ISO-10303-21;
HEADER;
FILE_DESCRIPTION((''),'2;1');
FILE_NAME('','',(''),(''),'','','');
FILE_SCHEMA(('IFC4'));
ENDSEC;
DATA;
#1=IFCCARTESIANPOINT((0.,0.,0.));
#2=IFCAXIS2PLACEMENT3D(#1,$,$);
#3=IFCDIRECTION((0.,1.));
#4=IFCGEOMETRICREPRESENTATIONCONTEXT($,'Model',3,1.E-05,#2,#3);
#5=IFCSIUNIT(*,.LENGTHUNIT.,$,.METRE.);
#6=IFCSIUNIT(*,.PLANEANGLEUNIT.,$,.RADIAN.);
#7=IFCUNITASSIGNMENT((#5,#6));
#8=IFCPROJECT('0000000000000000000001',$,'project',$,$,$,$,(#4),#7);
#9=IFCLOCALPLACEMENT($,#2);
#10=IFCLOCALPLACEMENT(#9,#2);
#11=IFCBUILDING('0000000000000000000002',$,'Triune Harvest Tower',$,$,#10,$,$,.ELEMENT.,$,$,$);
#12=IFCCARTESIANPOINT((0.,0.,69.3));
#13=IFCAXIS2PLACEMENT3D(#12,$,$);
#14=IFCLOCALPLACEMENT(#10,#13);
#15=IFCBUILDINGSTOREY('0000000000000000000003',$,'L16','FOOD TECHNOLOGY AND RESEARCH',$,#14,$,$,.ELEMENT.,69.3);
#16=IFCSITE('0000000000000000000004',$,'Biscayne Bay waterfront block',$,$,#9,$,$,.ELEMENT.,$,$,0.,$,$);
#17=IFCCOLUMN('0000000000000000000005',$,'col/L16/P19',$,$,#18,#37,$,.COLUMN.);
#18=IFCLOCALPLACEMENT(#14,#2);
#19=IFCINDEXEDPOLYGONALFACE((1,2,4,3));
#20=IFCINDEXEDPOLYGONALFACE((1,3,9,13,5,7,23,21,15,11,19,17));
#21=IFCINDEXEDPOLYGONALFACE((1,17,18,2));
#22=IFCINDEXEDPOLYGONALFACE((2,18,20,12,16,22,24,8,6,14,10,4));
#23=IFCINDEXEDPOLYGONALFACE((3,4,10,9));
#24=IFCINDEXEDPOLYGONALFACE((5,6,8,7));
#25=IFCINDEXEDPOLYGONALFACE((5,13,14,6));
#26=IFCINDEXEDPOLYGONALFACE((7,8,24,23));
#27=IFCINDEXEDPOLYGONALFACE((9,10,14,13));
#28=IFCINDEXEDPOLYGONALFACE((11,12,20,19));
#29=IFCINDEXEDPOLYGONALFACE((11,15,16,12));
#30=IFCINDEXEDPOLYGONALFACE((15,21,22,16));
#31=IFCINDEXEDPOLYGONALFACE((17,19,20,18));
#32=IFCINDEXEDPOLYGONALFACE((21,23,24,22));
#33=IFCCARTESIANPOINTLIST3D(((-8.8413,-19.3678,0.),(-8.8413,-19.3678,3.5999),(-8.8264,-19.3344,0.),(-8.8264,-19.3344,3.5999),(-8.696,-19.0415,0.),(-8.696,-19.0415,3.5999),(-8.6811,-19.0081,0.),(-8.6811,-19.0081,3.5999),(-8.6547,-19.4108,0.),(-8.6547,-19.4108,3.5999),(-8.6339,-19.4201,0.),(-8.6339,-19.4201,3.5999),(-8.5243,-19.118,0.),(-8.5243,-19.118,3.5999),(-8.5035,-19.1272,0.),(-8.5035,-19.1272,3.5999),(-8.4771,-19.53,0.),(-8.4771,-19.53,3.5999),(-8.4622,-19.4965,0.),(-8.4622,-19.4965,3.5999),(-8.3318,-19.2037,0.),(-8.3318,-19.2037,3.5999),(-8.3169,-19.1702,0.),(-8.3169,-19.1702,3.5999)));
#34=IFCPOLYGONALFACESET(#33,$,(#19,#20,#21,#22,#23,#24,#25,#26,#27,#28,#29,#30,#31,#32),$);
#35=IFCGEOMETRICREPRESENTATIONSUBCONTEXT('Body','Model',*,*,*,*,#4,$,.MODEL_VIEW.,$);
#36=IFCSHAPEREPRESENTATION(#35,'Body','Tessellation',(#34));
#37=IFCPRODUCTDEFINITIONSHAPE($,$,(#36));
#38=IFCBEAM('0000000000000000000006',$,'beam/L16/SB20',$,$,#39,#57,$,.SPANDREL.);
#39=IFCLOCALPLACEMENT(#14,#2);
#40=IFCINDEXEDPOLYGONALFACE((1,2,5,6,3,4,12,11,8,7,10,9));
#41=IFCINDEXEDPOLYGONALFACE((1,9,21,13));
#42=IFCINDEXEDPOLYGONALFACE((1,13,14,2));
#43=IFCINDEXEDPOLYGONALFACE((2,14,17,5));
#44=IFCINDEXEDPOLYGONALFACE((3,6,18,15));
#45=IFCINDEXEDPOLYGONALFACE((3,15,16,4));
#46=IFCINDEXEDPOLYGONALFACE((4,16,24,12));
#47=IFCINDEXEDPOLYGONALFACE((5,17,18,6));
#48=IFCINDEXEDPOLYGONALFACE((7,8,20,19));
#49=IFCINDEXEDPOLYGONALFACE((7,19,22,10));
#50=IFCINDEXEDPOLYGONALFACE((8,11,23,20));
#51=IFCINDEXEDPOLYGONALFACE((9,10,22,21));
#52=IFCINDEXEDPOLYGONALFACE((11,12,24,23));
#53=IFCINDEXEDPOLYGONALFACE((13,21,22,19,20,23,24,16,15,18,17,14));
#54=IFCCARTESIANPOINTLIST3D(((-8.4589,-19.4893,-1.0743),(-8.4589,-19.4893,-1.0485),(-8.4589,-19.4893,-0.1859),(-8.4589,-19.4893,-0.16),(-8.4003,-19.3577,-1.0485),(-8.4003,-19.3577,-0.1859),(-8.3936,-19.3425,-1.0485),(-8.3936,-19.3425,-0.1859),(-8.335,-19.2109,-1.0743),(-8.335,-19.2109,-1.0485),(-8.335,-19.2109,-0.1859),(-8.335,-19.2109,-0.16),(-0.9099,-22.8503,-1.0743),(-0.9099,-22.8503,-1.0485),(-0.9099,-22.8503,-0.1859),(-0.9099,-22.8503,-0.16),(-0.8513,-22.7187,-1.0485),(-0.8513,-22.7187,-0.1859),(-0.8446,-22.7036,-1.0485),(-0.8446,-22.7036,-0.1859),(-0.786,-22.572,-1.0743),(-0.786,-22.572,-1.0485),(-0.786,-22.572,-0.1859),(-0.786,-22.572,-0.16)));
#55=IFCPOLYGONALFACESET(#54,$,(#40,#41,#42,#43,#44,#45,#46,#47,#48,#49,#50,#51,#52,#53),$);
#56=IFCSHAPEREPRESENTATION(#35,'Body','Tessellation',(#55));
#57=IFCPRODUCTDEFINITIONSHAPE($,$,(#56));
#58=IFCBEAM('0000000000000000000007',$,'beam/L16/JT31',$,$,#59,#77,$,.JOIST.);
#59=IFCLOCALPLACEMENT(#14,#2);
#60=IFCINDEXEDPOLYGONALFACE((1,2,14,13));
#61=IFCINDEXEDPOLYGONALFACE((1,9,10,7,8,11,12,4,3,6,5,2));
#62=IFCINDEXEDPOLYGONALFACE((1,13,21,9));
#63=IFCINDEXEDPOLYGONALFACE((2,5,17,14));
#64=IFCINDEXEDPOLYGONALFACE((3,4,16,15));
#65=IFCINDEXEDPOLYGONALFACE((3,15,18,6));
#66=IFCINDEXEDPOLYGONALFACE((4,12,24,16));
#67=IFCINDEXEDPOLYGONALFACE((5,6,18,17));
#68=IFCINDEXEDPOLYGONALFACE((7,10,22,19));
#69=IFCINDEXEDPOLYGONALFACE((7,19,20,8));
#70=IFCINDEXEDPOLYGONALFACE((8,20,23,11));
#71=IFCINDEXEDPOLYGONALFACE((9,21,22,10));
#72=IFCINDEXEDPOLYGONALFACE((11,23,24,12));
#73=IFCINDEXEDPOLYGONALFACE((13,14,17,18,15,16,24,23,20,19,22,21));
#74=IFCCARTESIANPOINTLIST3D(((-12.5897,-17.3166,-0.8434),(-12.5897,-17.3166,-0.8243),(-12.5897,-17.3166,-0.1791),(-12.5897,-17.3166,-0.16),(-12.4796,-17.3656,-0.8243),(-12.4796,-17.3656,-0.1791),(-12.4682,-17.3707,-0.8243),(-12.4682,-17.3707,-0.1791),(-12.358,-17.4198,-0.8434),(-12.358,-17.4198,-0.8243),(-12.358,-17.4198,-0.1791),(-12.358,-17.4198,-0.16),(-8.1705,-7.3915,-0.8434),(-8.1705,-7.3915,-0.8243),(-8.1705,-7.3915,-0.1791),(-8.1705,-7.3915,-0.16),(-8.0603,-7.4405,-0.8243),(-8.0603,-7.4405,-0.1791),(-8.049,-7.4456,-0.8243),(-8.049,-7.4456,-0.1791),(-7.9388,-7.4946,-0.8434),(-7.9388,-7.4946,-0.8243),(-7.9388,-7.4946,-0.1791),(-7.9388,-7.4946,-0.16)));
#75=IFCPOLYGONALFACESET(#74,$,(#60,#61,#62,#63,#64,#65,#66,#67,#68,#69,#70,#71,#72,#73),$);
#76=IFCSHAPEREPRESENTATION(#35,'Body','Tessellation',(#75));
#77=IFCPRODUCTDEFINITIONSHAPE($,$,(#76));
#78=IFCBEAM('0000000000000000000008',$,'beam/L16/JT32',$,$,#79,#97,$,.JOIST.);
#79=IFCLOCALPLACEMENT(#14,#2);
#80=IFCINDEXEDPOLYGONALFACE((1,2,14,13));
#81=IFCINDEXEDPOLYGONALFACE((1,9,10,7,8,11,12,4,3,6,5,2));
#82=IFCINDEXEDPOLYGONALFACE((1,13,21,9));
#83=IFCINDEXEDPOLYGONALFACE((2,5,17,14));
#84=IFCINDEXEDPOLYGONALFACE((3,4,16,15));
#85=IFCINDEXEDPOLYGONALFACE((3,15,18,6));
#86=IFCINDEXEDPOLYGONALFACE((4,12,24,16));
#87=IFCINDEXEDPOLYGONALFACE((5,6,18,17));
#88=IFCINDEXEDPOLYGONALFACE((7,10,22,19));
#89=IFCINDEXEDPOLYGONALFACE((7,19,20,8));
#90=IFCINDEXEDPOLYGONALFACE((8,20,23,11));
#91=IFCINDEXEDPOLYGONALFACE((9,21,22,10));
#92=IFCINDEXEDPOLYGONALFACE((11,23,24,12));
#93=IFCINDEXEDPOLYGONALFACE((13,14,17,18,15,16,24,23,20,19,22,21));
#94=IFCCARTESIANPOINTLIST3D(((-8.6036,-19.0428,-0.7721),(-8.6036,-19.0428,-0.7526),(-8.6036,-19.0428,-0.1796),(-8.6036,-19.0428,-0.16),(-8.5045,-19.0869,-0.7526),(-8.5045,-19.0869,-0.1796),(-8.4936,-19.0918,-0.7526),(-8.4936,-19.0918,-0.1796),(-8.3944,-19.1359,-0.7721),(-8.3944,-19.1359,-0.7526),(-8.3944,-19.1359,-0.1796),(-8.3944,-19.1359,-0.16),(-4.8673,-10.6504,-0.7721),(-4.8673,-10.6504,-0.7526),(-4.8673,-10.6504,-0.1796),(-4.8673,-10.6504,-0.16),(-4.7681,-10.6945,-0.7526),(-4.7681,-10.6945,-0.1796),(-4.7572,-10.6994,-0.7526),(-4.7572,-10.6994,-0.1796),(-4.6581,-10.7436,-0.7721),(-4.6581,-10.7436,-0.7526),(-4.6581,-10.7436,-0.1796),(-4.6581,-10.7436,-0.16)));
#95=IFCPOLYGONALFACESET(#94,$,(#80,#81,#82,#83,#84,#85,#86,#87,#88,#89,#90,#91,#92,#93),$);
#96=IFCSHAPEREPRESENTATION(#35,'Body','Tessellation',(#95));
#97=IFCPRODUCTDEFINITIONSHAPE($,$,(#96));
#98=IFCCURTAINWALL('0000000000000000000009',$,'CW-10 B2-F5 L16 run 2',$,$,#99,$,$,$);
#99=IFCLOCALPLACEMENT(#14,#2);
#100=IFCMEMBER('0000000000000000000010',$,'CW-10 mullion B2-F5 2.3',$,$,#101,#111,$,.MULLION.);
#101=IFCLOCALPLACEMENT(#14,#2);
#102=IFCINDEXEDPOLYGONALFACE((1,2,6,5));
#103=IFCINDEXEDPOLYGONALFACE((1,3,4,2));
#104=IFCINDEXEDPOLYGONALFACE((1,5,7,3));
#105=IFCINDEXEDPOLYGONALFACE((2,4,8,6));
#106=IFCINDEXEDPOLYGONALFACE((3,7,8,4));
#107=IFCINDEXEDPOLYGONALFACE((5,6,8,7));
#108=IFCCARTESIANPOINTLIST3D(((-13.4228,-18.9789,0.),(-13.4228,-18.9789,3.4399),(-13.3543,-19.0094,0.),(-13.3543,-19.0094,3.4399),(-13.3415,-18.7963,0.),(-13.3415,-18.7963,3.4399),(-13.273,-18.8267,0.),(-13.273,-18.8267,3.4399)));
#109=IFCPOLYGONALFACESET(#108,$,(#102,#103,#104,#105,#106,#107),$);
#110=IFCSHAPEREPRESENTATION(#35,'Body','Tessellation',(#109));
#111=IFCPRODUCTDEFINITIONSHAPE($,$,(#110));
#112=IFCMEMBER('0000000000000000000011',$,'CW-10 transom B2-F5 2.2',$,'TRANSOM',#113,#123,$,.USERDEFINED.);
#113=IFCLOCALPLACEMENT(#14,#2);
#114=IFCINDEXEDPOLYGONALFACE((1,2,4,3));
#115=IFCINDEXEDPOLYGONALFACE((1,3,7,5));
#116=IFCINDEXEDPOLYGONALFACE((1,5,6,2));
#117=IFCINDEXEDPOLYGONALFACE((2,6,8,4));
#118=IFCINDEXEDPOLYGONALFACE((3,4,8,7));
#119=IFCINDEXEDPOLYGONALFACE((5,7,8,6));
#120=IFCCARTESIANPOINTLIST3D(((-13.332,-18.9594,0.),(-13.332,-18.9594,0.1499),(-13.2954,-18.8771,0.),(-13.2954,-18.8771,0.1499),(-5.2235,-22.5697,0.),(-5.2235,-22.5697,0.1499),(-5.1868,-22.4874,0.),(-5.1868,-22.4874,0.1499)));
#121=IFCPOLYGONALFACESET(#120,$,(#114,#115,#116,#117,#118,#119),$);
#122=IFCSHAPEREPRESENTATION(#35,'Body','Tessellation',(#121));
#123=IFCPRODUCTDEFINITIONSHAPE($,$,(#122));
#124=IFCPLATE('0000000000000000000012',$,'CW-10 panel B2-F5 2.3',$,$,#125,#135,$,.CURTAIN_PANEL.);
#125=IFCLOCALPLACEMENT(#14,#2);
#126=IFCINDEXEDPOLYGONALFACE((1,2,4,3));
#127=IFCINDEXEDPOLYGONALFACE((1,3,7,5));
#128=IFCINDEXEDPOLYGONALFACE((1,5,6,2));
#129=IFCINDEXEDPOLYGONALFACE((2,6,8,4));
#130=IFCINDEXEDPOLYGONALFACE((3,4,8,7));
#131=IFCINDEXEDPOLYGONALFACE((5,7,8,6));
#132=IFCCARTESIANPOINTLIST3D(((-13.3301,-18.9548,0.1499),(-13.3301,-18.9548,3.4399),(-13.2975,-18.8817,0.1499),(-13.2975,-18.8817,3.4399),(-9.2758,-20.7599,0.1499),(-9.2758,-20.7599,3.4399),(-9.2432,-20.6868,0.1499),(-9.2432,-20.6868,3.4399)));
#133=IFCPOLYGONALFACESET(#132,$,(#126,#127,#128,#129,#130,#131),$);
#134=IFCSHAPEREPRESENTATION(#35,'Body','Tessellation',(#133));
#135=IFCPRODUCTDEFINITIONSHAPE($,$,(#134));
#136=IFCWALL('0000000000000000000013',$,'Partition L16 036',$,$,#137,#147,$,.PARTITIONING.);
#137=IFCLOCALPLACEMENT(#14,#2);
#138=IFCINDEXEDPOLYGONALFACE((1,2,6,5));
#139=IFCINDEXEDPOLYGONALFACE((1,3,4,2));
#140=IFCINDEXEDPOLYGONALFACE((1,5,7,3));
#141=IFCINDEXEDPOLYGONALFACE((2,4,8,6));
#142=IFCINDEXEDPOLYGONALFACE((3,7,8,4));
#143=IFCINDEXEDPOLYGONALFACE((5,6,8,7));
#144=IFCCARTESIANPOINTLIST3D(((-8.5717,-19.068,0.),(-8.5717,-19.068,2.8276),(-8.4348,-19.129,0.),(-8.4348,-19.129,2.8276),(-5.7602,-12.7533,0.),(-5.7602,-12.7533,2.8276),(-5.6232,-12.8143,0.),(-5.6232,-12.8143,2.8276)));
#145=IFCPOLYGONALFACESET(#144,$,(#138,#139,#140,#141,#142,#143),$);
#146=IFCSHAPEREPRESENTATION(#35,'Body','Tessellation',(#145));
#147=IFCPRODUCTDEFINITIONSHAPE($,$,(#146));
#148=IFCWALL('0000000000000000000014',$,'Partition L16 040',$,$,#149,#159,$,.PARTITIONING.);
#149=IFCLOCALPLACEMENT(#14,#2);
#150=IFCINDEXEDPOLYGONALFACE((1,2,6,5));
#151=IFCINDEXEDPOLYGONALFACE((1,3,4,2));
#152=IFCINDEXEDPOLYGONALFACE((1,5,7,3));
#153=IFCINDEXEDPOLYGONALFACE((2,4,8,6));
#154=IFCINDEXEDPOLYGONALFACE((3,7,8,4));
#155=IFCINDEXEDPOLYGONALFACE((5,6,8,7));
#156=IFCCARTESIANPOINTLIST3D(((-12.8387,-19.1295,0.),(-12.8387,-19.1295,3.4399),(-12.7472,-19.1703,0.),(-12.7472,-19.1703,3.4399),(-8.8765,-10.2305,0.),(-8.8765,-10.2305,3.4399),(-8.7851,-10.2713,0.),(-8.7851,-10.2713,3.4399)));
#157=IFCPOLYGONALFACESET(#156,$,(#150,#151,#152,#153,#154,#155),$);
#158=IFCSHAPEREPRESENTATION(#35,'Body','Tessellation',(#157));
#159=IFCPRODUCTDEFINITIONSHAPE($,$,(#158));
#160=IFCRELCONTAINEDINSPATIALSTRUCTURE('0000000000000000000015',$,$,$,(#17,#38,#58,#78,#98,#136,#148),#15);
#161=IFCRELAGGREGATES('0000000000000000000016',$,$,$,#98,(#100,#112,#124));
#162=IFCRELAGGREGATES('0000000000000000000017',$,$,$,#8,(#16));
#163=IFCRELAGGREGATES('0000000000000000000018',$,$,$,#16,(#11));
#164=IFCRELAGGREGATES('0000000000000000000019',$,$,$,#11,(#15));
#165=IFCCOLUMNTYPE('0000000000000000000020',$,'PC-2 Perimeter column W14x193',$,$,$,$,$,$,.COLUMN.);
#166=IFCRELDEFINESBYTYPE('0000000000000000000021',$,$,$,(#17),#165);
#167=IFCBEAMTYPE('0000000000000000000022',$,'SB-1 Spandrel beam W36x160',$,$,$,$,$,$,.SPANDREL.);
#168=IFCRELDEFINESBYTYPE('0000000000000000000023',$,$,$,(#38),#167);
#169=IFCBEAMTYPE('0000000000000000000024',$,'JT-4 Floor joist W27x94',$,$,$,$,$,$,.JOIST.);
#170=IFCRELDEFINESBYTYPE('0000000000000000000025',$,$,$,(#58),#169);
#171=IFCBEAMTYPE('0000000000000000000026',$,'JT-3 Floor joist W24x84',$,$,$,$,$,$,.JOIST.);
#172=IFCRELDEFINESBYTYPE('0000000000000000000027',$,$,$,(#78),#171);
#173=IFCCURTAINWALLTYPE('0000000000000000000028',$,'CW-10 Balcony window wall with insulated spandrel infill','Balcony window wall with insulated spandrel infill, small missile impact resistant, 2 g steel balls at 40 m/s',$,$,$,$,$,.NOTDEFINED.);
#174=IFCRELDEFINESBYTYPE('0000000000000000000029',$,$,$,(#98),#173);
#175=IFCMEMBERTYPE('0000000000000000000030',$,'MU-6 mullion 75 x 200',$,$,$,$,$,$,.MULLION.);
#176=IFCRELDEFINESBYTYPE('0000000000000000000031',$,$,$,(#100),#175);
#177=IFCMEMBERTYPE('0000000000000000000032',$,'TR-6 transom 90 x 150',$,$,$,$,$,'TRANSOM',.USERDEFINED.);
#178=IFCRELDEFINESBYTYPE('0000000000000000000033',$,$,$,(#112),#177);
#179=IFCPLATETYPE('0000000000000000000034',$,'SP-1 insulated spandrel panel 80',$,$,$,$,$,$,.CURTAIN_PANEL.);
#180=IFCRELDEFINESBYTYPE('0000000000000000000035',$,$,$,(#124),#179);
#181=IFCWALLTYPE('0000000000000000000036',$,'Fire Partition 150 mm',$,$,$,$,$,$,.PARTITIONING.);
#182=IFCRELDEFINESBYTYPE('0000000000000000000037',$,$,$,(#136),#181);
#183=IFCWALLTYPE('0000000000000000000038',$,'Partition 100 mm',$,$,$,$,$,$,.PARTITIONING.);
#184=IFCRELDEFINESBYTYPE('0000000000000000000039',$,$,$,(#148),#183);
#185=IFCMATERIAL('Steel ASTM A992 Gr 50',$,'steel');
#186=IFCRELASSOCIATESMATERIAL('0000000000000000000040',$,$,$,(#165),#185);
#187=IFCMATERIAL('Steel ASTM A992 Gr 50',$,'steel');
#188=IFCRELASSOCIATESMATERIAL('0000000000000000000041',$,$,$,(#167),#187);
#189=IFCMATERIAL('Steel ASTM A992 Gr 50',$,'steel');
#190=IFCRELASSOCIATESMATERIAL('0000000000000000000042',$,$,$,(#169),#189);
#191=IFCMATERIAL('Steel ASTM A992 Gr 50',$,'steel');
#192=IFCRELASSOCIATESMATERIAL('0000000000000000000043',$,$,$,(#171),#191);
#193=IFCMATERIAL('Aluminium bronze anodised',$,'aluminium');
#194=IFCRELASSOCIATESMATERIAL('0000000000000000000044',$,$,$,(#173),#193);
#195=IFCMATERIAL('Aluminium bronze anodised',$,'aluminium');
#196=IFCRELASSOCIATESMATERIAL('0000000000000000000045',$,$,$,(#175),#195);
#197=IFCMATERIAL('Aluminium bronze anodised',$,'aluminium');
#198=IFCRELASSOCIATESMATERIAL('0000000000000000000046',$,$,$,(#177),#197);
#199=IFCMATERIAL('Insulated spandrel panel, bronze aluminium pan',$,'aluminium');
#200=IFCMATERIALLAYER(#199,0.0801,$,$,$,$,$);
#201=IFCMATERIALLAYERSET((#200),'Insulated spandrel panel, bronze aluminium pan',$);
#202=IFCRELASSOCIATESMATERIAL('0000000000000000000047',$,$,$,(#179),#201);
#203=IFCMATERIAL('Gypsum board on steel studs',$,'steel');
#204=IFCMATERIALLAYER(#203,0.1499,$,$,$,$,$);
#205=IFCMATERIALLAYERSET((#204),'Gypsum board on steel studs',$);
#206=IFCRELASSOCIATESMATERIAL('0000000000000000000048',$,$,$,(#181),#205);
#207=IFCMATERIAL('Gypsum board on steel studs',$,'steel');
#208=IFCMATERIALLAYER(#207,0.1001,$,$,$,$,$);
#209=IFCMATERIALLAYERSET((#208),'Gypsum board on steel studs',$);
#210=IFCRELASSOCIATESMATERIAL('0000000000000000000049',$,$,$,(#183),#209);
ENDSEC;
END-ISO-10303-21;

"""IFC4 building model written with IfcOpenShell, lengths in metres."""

from ifc_helpers import new_model, si_unit, direction, frame, frame_2d, origin, origin_2d, place, context, subcontext, project, spatial, rectangle, i_section, extrude, source, transform, mapped, material, layer, layer_set, material_profile, profile_set, type_object, element, aggregate, save


model = new_model("IFC4")

# Units and contexts
model_context = context("Model", 3, precision=1e-05, world=origin(), true_north=direction((0.0, 1.0)))
body_context = subcontext(model_context, "Body", "Model", "MODEL_VIEW")
ifc_project = project(units=[si_unit("LENGTHUNIT", "METRE"), si_unit("PLANEANGLEUNIT", "RADIAN")], contexts=[model_context])

# Site, building, storey
site_placement = place(None, origin())
site = spatial("IfcSite", under=ifc_project, at=site_placement, Name="Biscayne Bay waterfront block", CompositionType="ELEMENT", RefElevation=0.0)
building_placement = place(site_placement, origin())
building = spatial("IfcBuilding", under=site, at=building_placement, Name="Triune Harvest Tower", CompositionType="ELEMENT")
storey_placement = place(building_placement, frame((0.0, 0.0, 69.3)))
storey = spatial("IfcBuildingStorey", under=building, at=storey_placement, Name="L16", Description="FOOD TECHNOLOGY AND RESEARCH", CompositionType="ELEMENT", Elevation=69.3)

# Column
ifc_material_1 = material(Name="Steel ASTM A992 Gr 50", Category="steel")
ifc_material_profile_1 = material_profile(ifc_material_1, i_section(OverallWidth=0.3987, OverallDepth=0.3938, WebThickness=0.0227, FlangeThickness=0.0366, at=origin_2d()), Name="W14x193")
ifc_profile_set_1 = profile_set([ifc_material_profile_1], Name="Steel ASTM A992 Gr 50")
column_type = type_object("IfcColumnType", Name="PC-2 Perimeter column W14x193", PredefinedType="COLUMN", material=ifc_profile_set_1)
shared_shape_1 = source(origin(), body_context, "Body", "SweptSolid", [
    extrude(i_section(OverallWidth=0.3987, OverallDepth=0.3938, WebThickness=0.0227, FlangeThickness=0.0366, at=origin_2d()), origin(), (0.0, 0.0, 1.0), 3.5999),
])
column_placement = place(storey_placement, frame((-8.5791, -19.269, 0.0), z_axis=(0.0, 0.0, 1.0), x_axis=(0.913545, -0.406737, 0.0)))
element("IfcColumn", 1, at=column_placement, inside=storey, type_object=column_type, Name="col/L16/P19", PredefinedType="COLUMN", context=body_context, shape_type="MappedRepresentation", body=[
    mapped(shared_shape_1, transform((0.0, 0.0, 0.0), scale=1.0)),
])

# Beams
ifc_material_2 = material(Name="Steel ASTM A992 Gr 50", Category="steel")
ifc_material_profile_2 = material_profile(ifc_material_2, i_section(OverallWidth=0.3047, OverallDepth=0.9143, WebThickness=0.0166, FlangeThickness=0.0259, at=origin_2d()), Name="W36x160")
ifc_profile_set_2 = profile_set([ifc_material_profile_2], Name="Steel ASTM A992 Gr 50")
beam_type_1 = type_object("IfcBeamType", Name="SB-1 Spandrel beam W36x160", PredefinedType="SPANDREL", material=ifc_profile_set_2)
shared_shape_2 = source(origin(), body_context, "Body", "SweptSolid", [
    extrude(i_section(OverallWidth=0.3047, OverallDepth=0.9143, WebThickness=0.0166, FlangeThickness=0.0259, at=origin_2d()), origin(), (0.0, 0.0, 1.0), 8.2634),
])
beam_1_placement = place(storey_placement, frame((-8.397, -19.3501, -0.6172), z_axis=(0.913545, -0.406739, 0.0), x_axis=(0.406739, 0.913545, 0.0)))
element("IfcBeam", 2, at=beam_1_placement, inside=storey, type_object=beam_type_1, Name="beam/L16/SB20", PredefinedType="SPANDREL", context=body_context, shape_type="MappedRepresentation", body=[
    mapped(shared_shape_2, transform((0.0, 0.0, 0.0), scale=1.0)),
])
ifc_material_3 = material(Name="Steel ASTM A992 Gr 50", Category="steel")
ifc_material_profile_3 = material_profile(ifc_material_3, i_section(OverallWidth=0.2537, OverallDepth=0.6833, WebThickness=0.0125, FlangeThickness=0.019, at=origin_2d()), Name="W27x94")
ifc_profile_set_3 = profile_set([ifc_material_profile_3], Name="Steel ASTM A992 Gr 50")
beam_type_2 = type_object("IfcBeamType", Name="JT-4 Floor joist W27x94", PredefinedType="JOIST", material=ifc_profile_set_3)
shared_shape_3 = source(origin(), body_context, "Body", "SweptSolid", [
    extrude(i_section(OverallWidth=0.2537, OverallDepth=0.6833, WebThickness=0.0125, FlangeThickness=0.019, at=origin_2d()), origin(), (0.0, 0.0, 1.0), 10.8645),
])
beam_2_placement = place(storey_placement, frame((-12.4739, -17.3682, -0.5017), z_axis=(0.406758, 0.913536, 0.0), x_axis=(-0.913536, 0.406758, 0.0)))
element("IfcBeam", 3, at=beam_2_placement, inside=storey, type_object=beam_type_2, Name="beam/L16/JT31", PredefinedType="JOIST", context=body_context, shape_type="MappedRepresentation", body=[
    mapped(shared_shape_3, transform((0.0, 0.0, 0.0), scale=1.0)),
])
ifc_material_4 = material(Name="Steel ASTM A992 Gr 50", Category="steel")
ifc_material_profile_4 = material_profile(ifc_material_4, i_section(OverallWidth=0.229, OverallDepth=0.6121, WebThickness=0.012, FlangeThickness=0.0195, at=origin_2d()), Name="W24x84")
ifc_profile_set_4 = profile_set([ifc_material_profile_4], Name="Steel ASTM A992 Gr 50")
beam_type_3 = type_object("IfcBeamType", Name="JT-3 Floor joist W24x84", PredefinedType="JOIST", material=ifc_profile_set_4)
shared_shape_4 = source(origin(), body_context, "Body", "SweptSolid", [
    extrude(i_section(OverallWidth=0.229, OverallDepth=0.6121, WebThickness=0.012, FlangeThickness=0.0195, at=origin_2d()), origin(), (0.0, 0.0, 1.0), 9.1865),
])
beam_3_placement = place(storey_placement, frame((-8.499, -19.0894, -0.4661), z_axis=(0.40672, 0.913553, 0.0), x_axis=(-0.913553, 0.40672, 0.0)))
element("IfcBeam", 4, at=beam_3_placement, inside=storey, type_object=beam_type_3, Name="beam/L16/JT32", PredefinedType="JOIST", context=body_context, shape_type="MappedRepresentation", body=[
    mapped(shared_shape_4, transform((0.0, 0.0, 0.0), scale=1.0)),
])

# Curtain wall, members, plate
ifc_material_5 = material(Name="Aluminium bronze anodised", Category="aluminium")
curtain_wall_type = type_object("IfcCurtainWallType", Name="CW-10 Balcony window wall with insulated spandrel infill", Description="Balcony window wall with insulated spandrel infill, small missile impact resistant, 2 g steel balls at 40 m/s", PredefinedType="NOTDEFINED", material=ifc_material_5)
curtain_wall_placement = place(storey_placement, origin())
curtain_wall = element("IfcCurtainWall", 5, at=curtain_wall_placement, inside=storey, type_object=curtain_wall_type, Name="CW-10 B2-F5 L16 run 2")
ifc_material_6 = material(Name="Aluminium bronze anodised", Category="aluminium")
ifc_material_profile_5 = material_profile(ifc_material_6, rectangle(XDim=0.2, YDim=0.075, at=origin_2d()), Name="MU-6 mullion 75 x 200")
ifc_profile_set_5 = profile_set([ifc_material_profile_5], Name="Aluminium bronze anodised")
member_type_1 = type_object("IfcMemberType", Name="MU-6 mullion 75 x 200", PredefinedType="MULLION", material=ifc_profile_set_5)
shared_shape_5 = source(origin(), body_context, "Body", "SweptSolid", [
    extrude(rectangle(XDim=0.2, YDim=0.075, at=origin_2d()), origin(), (0.0, 0.0, 1.0), 3.4399),
])
member_1_placement = place(storey_placement, frame((-13.3479, -18.9028, 0.0), z_axis=(0.0, 0.0, 1.0), x_axis=(0.406739, 0.913544, 0.0)))
member_1 = element("IfcMember", 6, at=member_1_placement, type_object=member_type_1, Name="CW-10 mullion B2-F5 2.3", PredefinedType="MULLION", context=body_context, shape_type="MappedRepresentation", body=[
    mapped(shared_shape_5, transform((0.0, 0.0, 0.0), scale=1.0)),
])
ifc_material_7 = material(Name="Aluminium bronze anodised", Category="aluminium")
ifc_material_profile_6 = material_profile(ifc_material_7, rectangle(XDim=0.0901, YDim=0.1499, at=origin_2d()), Name="TR-6 transom 90 x 150")
ifc_profile_set_6 = profile_set([ifc_material_profile_6], Name="Aluminium bronze anodised")
member_type_2 = type_object("IfcMemberType", Name="TR-6 transom 90 x 150", ElementType="TRANSOM", PredefinedType="USERDEFINED", material=ifc_profile_set_6)
shared_shape_6 = source(origin(), body_context, "Body", "SweptSolid", [
    extrude(rectangle(XDim=0.0901, YDim=0.1499, at=origin_2d()), origin(), (0.0, 0.0, 1.0), 8.876),
])
member_2_placement = place(storey_placement, frame((-13.3137, -18.9182, 0.075), z_axis=(0.913539, -0.406751, 0.0), x_axis=(0.406751, 0.913539, 0.0)))
member_2 = element("IfcMember", 7, at=member_2_placement, type_object=member_type_2, Name="CW-10 transom B2-F5 2.2", ObjectType="TRANSOM", PredefinedType="USERDEFINED", context=body_context, shape_type="MappedRepresentation", body=[
    mapped(shared_shape_6, transform((0.0, 0.0, 0.0), scale=1.0)),
])
ifc_material_8 = material(Name="Insulated spandrel panel, bronze aluminium pan", Category="aluminium")
ifc_layer_1 = layer(ifc_material_8, 0.0801)
ifc_layer_set_1 = layer_set([ifc_layer_1], Name="Insulated spandrel panel, bronze aluminium pan")
plate_type = type_object("IfcPlateType", Name="SP-1 insulated spandrel panel 80", PredefinedType="CURTAIN_PANEL", material=ifc_layer_set_1)
shared_shape_7 = source(origin(), body_context, "Body", "SweptSolid", [
    extrude(rectangle(XDim=4.438, YDim=0.0801, at=origin_2d()), origin(), (0.0, 0.0, 1.0), 3.29),
])
plate_placement = place(storey_placement, frame((-11.2866, -19.8208, 0.1499), z_axis=(0.0, 0.0, 1.0), x_axis=(0.913544, -0.406739, 0.0)))
plate = element("IfcPlate", 8, at=plate_placement, type_object=plate_type, Name="CW-10 panel B2-F5 2.3", PredefinedType="CURTAIN_PANEL", context=body_context, shape_type="MappedRepresentation", body=[
    mapped(shared_shape_7, transform((0.0, 0.0, 0.0), scale=1.0)),
])
aggregate(curtain_wall, [member_1, member_2, plate])

# Walls
ifc_material_9 = material(Name="Gypsum board on steel studs", Category="steel")
ifc_layer_2 = layer(ifc_material_9, 0.1499)
ifc_layer_set_2 = layer_set([ifc_layer_2], Name="Gypsum board on steel studs")
wall_type_1 = type_object("IfcWallType", Name="Fire Partition 150 mm", PredefinedType="PARTITIONING", material=ifc_layer_set_2)
wall_1_placement = place(storey_placement, frame((-8.5032, -19.0984, 0.0), z_axis=(0.0, 0.0, 1.0), x_axis=(0.406741, 0.913543, 0.0)))
element("IfcWall", 9, at=wall_1_placement, inside=storey, type_object=wall_type_1, Name="Partition L16 036", PredefinedType="PARTITIONING", context=body_context, shape_type="SweptSolid", body=[
    extrude(rectangle(XDim=6.9124, YDim=0.1499, at=frame_2d((3.4561, 0.0))), origin(), (0.0, 0.0, 1.0), 2.8276),
])
ifc_material_10 = material(Name="Gypsum board on steel studs", Category="steel")
ifc_layer_3 = layer(ifc_material_10, 0.1001)
ifc_layer_set_3 = layer_set([ifc_layer_3], Name="Gypsum board on steel studs")
wall_type_2 = type_object("IfcWallType", Name="Partition 100 mm", PredefinedType="PARTITIONING", material=ifc_layer_set_3)
wall_2_placement = place(storey_placement, frame((-12.793, -19.1499, 0.0), z_axis=(0.0, 0.0, 1.0), x_axis=(0.406745, 0.913542, 0.0)))
element("IfcWall", 10, at=wall_2_placement, inside=storey, type_object=wall_type_2, Name="Partition L16 040", PredefinedType="PARTITIONING", context=body_context, shape_type="SweptSolid", body=[
    extrude(rectangle(XDim=9.7412, YDim=0.1001, at=frame_2d((4.8706, 0.0))), origin(), (0.0, 0.0, 1.0), 3.4399),
])

save(model, "model.ifc")
